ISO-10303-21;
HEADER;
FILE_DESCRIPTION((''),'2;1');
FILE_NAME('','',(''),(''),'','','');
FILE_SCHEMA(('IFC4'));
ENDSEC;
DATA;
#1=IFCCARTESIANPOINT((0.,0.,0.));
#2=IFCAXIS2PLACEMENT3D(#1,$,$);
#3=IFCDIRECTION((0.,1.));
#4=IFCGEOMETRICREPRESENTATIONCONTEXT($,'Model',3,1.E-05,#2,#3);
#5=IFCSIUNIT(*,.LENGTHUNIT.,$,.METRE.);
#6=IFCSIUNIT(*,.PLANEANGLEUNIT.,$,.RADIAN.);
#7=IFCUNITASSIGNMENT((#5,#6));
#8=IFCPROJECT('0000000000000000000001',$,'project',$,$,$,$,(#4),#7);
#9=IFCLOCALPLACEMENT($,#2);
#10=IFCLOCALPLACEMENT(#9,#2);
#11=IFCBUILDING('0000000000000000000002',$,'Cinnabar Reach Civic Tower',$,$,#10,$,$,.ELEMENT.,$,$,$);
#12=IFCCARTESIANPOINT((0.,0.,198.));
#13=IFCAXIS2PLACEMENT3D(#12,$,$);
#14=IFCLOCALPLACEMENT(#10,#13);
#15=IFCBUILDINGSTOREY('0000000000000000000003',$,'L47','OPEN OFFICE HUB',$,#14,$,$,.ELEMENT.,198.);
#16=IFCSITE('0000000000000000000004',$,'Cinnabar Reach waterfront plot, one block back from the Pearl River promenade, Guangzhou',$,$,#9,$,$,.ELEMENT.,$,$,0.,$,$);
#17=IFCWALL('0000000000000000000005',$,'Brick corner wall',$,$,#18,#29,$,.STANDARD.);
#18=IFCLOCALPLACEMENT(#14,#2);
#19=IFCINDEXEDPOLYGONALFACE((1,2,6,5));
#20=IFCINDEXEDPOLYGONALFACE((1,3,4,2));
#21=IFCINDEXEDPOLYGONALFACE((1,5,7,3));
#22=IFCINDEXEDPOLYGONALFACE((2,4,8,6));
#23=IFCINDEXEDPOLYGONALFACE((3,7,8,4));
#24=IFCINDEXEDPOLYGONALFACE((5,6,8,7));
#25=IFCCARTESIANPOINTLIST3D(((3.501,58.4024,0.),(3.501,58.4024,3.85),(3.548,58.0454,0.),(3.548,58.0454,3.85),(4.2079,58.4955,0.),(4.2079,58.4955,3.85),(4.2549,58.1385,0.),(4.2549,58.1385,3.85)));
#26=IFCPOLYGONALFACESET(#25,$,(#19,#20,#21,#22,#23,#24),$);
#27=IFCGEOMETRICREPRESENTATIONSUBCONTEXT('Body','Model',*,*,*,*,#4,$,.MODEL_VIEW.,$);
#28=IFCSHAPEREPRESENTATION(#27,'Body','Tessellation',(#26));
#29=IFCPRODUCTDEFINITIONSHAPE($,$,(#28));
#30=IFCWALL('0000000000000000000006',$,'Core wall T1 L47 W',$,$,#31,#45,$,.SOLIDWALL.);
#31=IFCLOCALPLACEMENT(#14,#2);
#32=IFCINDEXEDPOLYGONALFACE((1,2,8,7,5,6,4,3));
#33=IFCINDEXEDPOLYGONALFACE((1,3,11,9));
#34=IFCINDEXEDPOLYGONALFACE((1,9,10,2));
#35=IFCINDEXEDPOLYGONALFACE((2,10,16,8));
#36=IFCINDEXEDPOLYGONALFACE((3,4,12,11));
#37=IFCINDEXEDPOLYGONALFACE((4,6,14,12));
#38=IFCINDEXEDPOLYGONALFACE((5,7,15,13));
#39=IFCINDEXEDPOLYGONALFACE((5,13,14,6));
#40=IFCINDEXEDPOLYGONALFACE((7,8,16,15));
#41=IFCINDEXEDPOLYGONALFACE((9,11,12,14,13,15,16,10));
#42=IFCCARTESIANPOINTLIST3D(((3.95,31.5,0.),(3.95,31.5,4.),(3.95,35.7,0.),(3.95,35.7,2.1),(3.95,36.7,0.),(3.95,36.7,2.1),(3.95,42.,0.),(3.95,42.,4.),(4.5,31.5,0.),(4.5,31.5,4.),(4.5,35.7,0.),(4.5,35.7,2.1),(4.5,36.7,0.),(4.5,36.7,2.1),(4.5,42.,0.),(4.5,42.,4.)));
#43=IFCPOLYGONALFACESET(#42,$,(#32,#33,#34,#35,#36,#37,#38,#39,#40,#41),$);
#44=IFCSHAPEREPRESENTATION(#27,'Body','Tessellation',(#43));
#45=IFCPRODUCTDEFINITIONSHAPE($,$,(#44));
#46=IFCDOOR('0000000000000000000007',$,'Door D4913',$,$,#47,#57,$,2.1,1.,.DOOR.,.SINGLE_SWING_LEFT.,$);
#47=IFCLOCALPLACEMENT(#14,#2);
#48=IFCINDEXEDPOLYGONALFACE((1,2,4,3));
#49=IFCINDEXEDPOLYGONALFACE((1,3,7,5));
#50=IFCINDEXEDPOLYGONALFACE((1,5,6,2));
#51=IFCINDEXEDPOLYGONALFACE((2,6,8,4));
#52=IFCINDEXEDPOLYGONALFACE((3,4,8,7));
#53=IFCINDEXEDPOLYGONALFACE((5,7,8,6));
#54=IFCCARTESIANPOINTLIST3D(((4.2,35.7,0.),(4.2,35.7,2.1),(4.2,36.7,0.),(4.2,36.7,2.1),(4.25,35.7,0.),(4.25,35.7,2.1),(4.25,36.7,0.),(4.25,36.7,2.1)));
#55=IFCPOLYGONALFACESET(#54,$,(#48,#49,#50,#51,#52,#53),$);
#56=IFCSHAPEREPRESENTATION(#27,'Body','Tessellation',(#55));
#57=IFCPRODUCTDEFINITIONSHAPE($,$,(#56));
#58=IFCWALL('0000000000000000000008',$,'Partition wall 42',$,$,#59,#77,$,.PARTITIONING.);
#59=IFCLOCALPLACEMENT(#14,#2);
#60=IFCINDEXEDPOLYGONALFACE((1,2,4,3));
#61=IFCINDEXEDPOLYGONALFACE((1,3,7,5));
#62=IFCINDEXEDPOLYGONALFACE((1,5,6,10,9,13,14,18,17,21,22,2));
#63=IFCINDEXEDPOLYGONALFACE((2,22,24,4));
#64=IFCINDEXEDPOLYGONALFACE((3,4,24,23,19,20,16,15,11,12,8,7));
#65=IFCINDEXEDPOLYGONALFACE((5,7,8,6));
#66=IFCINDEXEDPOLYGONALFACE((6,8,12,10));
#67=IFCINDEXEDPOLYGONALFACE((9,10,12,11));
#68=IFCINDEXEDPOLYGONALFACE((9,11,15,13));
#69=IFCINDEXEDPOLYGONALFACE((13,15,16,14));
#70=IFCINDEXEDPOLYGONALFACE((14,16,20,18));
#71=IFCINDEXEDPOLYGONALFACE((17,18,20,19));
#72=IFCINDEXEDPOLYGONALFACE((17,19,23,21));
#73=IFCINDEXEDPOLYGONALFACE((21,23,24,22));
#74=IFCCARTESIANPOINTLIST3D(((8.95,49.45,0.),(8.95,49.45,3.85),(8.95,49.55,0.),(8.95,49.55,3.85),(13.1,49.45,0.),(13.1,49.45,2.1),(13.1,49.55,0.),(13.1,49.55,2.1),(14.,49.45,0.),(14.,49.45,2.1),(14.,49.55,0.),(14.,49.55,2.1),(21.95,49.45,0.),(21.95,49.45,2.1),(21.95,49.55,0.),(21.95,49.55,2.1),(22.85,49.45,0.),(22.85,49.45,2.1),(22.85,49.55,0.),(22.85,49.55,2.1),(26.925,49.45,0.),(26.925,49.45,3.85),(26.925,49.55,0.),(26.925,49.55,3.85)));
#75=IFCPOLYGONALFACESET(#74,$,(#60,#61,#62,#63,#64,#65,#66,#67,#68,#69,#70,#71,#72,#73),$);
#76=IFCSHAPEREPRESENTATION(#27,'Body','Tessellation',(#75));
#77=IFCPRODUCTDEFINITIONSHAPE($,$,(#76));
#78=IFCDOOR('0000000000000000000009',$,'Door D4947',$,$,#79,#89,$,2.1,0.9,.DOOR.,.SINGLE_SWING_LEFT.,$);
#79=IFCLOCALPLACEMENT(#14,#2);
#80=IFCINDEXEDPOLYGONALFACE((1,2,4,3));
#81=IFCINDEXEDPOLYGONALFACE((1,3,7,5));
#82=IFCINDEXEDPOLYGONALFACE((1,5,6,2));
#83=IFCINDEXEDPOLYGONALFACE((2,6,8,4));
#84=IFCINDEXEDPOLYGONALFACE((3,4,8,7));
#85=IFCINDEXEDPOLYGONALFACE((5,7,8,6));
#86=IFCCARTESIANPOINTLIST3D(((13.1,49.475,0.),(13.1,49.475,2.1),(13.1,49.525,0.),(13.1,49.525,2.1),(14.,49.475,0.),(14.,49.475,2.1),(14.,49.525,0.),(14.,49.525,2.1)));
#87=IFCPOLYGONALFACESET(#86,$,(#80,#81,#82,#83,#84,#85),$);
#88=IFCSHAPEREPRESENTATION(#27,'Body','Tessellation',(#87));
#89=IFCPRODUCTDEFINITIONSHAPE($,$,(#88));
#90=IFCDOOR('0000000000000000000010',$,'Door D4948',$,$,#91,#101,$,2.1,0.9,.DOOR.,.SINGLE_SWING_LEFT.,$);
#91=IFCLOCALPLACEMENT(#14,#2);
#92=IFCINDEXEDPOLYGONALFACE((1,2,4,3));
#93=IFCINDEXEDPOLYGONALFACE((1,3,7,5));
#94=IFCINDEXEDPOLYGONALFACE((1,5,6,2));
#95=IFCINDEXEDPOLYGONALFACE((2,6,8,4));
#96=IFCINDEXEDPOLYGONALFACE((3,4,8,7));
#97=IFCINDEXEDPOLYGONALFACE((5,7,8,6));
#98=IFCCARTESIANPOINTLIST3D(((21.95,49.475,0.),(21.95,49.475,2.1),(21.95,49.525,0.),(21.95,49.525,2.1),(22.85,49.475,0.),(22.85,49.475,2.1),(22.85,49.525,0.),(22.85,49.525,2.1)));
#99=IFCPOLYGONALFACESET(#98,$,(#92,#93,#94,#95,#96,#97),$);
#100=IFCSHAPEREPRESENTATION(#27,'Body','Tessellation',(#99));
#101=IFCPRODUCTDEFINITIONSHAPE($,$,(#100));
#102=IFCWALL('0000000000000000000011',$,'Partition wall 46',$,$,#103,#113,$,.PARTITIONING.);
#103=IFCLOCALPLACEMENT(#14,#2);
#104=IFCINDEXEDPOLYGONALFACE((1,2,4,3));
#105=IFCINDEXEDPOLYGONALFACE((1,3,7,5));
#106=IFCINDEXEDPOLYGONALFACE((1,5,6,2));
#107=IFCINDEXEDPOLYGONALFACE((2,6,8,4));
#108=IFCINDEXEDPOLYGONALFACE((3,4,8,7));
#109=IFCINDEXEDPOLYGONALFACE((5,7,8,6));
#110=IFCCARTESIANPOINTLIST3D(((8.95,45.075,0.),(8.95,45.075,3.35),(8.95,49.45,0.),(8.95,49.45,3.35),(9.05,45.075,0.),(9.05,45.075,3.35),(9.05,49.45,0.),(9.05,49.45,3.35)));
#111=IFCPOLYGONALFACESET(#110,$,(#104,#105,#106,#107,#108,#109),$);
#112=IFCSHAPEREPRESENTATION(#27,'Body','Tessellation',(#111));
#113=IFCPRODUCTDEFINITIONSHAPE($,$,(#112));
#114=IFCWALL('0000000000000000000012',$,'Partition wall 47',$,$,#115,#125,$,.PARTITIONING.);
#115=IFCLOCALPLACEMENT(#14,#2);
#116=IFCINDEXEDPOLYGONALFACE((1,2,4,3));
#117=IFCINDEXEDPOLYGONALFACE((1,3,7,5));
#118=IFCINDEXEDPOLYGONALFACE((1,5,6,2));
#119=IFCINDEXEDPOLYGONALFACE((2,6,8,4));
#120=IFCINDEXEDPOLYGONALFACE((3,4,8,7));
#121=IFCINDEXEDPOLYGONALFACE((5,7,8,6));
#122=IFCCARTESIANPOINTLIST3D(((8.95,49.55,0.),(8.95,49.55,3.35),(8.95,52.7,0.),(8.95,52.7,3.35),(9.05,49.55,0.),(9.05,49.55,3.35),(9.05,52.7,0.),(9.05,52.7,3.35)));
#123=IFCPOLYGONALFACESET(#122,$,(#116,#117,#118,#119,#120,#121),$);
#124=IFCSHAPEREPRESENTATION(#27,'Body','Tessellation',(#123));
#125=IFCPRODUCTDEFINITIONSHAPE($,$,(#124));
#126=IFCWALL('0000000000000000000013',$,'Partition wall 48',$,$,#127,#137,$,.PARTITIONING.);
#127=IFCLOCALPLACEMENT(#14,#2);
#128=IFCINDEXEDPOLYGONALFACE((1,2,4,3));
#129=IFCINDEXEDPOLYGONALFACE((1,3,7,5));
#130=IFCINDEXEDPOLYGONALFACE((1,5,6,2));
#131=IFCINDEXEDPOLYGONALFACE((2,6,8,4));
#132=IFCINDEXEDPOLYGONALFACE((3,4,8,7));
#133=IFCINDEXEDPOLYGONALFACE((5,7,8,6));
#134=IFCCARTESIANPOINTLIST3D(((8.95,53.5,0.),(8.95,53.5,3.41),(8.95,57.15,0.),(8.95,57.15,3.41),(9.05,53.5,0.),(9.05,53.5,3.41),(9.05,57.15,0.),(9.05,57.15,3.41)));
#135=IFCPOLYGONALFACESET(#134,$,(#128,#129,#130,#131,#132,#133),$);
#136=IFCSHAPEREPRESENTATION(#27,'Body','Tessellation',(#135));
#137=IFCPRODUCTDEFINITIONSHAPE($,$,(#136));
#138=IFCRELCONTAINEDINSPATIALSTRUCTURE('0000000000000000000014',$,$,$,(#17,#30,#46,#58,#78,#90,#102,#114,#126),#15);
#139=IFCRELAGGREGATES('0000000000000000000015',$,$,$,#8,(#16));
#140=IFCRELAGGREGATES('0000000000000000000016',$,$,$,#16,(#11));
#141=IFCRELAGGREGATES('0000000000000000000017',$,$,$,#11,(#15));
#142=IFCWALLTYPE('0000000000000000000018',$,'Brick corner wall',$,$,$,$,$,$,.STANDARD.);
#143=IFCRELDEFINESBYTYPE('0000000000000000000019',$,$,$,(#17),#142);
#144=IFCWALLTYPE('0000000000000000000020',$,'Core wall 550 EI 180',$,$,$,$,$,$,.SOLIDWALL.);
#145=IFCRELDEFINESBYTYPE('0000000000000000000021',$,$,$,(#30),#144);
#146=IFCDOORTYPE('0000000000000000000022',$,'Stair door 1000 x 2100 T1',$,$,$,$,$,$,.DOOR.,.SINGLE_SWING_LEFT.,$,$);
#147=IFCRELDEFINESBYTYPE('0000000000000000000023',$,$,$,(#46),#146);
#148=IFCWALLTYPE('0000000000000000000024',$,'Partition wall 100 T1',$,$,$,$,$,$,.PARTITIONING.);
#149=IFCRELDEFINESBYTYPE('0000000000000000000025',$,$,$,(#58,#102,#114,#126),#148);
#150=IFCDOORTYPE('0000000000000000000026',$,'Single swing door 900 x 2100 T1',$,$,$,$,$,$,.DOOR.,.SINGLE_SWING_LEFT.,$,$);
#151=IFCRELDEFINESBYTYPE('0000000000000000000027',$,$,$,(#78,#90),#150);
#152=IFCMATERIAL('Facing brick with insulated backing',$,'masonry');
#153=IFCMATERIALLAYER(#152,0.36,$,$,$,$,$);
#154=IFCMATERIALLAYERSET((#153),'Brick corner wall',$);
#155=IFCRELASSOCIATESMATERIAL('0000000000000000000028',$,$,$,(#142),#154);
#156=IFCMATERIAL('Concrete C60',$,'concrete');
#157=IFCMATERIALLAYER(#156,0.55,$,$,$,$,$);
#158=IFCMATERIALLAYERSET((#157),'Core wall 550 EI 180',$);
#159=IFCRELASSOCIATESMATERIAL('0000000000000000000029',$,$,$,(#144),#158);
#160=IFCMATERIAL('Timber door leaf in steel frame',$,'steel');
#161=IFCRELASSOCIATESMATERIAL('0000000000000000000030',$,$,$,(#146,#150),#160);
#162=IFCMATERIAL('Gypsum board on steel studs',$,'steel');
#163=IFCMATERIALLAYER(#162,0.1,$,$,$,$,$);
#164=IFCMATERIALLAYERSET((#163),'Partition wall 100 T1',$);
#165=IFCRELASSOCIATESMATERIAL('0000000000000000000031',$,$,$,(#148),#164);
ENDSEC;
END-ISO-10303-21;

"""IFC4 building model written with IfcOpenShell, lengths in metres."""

from ifc_helpers import new_model, si_unit, direction, frame, frame_2d, origin, place, context, subcontext, project, spatial, rectangle, extrude, material, layer, layer_set, type_object, element, fill, save


model = new_model("IFC4")

# Units and contexts
model_context = context("Model", 3, precision=1e-05, world=origin(), true_north=direction((0.0, 1.0)))
body_context = subcontext(model_context, "Body", "Model", "MODEL_VIEW")
ifc_project = project(units=[si_unit("LENGTHUNIT", "METRE"), si_unit("PLANEANGLEUNIT", "RADIAN")], contexts=[model_context])

# Site, building, storey
site_placement = place(None, origin())
site = spatial("IfcSite", under=ifc_project, at=site_placement, Name="Cinnabar Reach waterfront plot, one block back from the Pearl River promenade, Guangzhou", CompositionType="ELEMENT", RefElevation=0.0)
building_placement = place(site_placement, origin())
building = spatial("IfcBuilding", under=site, at=building_placement, Name="Cinnabar Reach Civic Tower", CompositionType="ELEMENT")
storey_placement = place(building_placement, frame((0.0, 0.0, 198.0)))
storey = spatial("IfcBuildingStorey", under=building, at=storey_placement, Name="L47", Description="OPEN OFFICE HUB", CompositionType="ELEMENT", Elevation=198.0)

# Shared definitions
ifc_material_1 = material(Name="Concrete C60", Category="concrete")

# Wall
ifc_material_2 = material(Name="Facing brick with insulated backing", Category="masonry")
ifc_layer_1 = layer(ifc_material_2, 0.36)
ifc_layer_set_1 = layer_set([ifc_layer_1], Name="Brick corner wall")
wall_type_1 = type_object("IfcWallType", Name="Brick corner wall", PredefinedType="STANDARD", material=ifc_layer_set_1)
wall_1_placement = place(storey_placement, frame((4.2314, 58.317, 0.0), z_axis=(0.0, 0.0, 1.0), x_axis=(-0.991441, -0.130556, 0.0)))
element("IfcWall", 1, at=wall_1_placement, inside=storey, type_object=wall_type_1, Name="Brick corner wall", PredefinedType="STANDARD", context=body_context, shape_type="SweptSolid", body=[
    extrude(rectangle(XDim=0.7131, YDim=0.36, at=frame_2d((0.3565, 0.0))), origin(), (0.0, 0.0, 1.0), 3.85),
])

# Wall, opening, door
ifc_layer_2 = layer(ifc_material_1, 0.55)
ifc_layer_set_2 = layer_set([ifc_layer_2], Name="Core wall 550 EI 180")
wall_type_2 = type_object("IfcWallType", Name="Core wall 550 EI 180", PredefinedType="SOLIDWALL", material=ifc_layer_set_2)
wall_2_placement = place(storey_placement, frame((4.225, 42.0, 0.0), z_axis=(0.0, 0.0, 1.0), x_axis=(0.0, -1.0, 0.0)))
wall_2 = element("IfcWall", 2, at=wall_2_placement, inside=storey, type_object=wall_type_2, Name="Core wall T1 L47 W", PredefinedType="SOLIDWALL", context=body_context, shape_type="SweptSolid", body=[
    extrude(rectangle(XDim=10.5, YDim=0.55, at=frame_2d((5.25, 0.0))), origin(), (0.0, 0.0, 1.0), 4.0),
])
opening_1_placement = place(wall_2_placement, frame((5.3, 0.0, 0.0)))
opening_1 = element("IfcOpeningElement", 3, at=opening_1_placement, cuts=wall_2, PredefinedType="OPENING", context=body_context, shape_type="SweptSolid", body=[
    extrude(rectangle(XDim=1.0, YDim=2.1, at=frame_2d((0.5, 1.05))), frame((0.0, 0.285, 0.0), z_axis=(0.0, -1.0, 0.0), x_axis=(1.0, 0.0, 0.0)), (0.0, 0.0, 1.0), 0.57),
])
ifc_material_3 = material(Name="Timber door leaf in steel frame", Category="steel")
door_type_1 = type_object("IfcDoorType", Name="Stair door 1000 x 2100 T1", OperationType="SINGLE_SWING_LEFT", PredefinedType="DOOR", material=ifc_material_3)
door_1_placement = place(opening_1_placement, frame((1.0, 0.0, 0.0), z_axis=(0.0, 0.0, 1.0), x_axis=(-1.0, 0.0, 0.0)))
door_1 = element("IfcDoor", 4, at=door_1_placement, inside=storey, type_object=door_type_1, Name="Door D4913", OperationType="SINGLE_SWING_LEFT", OverallHeight=2.1, OverallWidth=1.0, PredefinedType="DOOR", context=body_context, shape_type="SweptSolid", body=[
    extrude(rectangle(XDim=1.0, YDim=2.1, at=frame_2d((0.5, 1.05))), frame((0.0, 0.025, 0.0), z_axis=(0.0, -1.0, 0.0), x_axis=(1.0, 0.0, 0.0)), (0.0, 0.0, 1.0), 0.05),
])
fill(opening_1, door_1)

# Wall, openings, doors
ifc_material_4 = material(Name="Gypsum board on steel studs", Category="steel")
ifc_layer_3 = layer(ifc_material_4, 0.1)
ifc_layer_set_3 = layer_set([ifc_layer_3], Name="Partition wall 100 T1")
wall_type_3 = type_object("IfcWallType", Name="Partition wall 100 T1", PredefinedType="PARTITIONING", material=ifc_layer_set_3)
wall_3_placement = place(storey_placement, frame((8.95, 49.5, 0.0), z_axis=(0.0, 0.0, 1.0), x_axis=(1.0, 0.0, 0.0)))
wall_3 = element("IfcWall", 5, at=wall_3_placement, inside=storey, type_object=wall_type_3, Name="Partition wall 42", PredefinedType="PARTITIONING", context=body_context, shape_type="SweptSolid", body=[
    extrude(rectangle(XDim=17.975, YDim=0.1, at=frame_2d((8.9875, 0.0))), origin(), (0.0, 0.0, 1.0), 3.85),
])
opening_2_placement = place(wall_3_placement, frame((4.15, 0.0, 0.0)))
opening_2 = element("IfcOpeningElement", 6, at=opening_2_placement, cuts=wall_3, PredefinedType="OPENING", context=body_context, shape_type="SweptSolid", body=[
    extrude(rectangle(XDim=0.9, YDim=2.1, at=frame_2d((0.45, 1.05))), frame((0.0, 0.06, 0.0), z_axis=(0.0, -1.0, 0.0), x_axis=(1.0, 0.0, 0.0)), (0.0, 0.0, 1.0), 0.12),
])
opening_3_placement = place(wall_3_placement, frame((13.0, 0.0, 0.0)))
opening_3 = element("IfcOpeningElement", 7, at=opening_3_placement, cuts=wall_3, PredefinedType="OPENING", context=body_context, shape_type="SweptSolid", body=[
    extrude(rectangle(XDim=0.9, YDim=2.1, at=frame_2d((0.45, 1.05))), frame((0.0, 0.06, 0.0), z_axis=(0.0, -1.0, 0.0), x_axis=(1.0, 0.0, 0.0)), (0.0, 0.0, 1.0), 0.12),
])
door_type_2 = type_object("IfcDoorType", Name="Single swing door 900 x 2100 T1", OperationType="SINGLE_SWING_LEFT", PredefinedType="DOOR", material=ifc_material_3)
door_2_placement = place(opening_2_placement, origin())
door_2 = element("IfcDoor", 8, at=door_2_placement, inside=storey, type_object=door_type_2, Name="Door D4947", OperationType="SINGLE_SWING_LEFT", OverallHeight=2.1, OverallWidth=0.9, PredefinedType="DOOR", context=body_context, shape_type="SweptSolid", body=[
    extrude(rectangle(XDim=0.9, YDim=2.1, at=frame_2d((0.45, 1.05))), frame((0.0, 0.025, 0.0), z_axis=(0.0, -1.0, 0.0), x_axis=(1.0, 0.0, 0.0)), (0.0, 0.0, 1.0), 0.05),
])
fill(opening_2, door_2)
door_3_placement = place(opening_3_placement, origin())
door_3 = element("IfcDoor", 9, at=door_3_placement, inside=storey, type_object=door_type_2, Name="Door D4948", OperationType="SINGLE_SWING_LEFT", OverallHeight=2.1, OverallWidth=0.9, PredefinedType="DOOR", context=body_context, shape_type="SweptSolid", body=[
    extrude(rectangle(XDim=0.9, YDim=2.1, at=frame_2d((0.45, 1.05))), frame((0.0, 0.025, 0.0), z_axis=(0.0, -1.0, 0.0), x_axis=(1.0, 0.0, 0.0)), (0.0, 0.0, 1.0), 0.05),
])
fill(opening_3, door_3)

# Walls
wall_4_placement = place(storey_placement, frame((9.0, 45.075, 0.0), z_axis=(0.0, 0.0, 1.0), x_axis=(0.0, 1.0, 0.0)))
element("IfcWall", 10, at=wall_4_placement, inside=storey, type_object=wall_type_3, Name="Partition wall 46", PredefinedType="PARTITIONING", context=body_context, shape_type="SweptSolid", body=[
    extrude(rectangle(XDim=4.375, YDim=0.1, at=frame_2d((2.1875, 0.0))), origin(), (0.0, 0.0, 1.0), 3.35),
])
wall_5_placement = place(storey_placement, frame((9.0, 49.55, 0.0), z_axis=(0.0, 0.0, 1.0), x_axis=(0.0, 1.0, 0.0)))
element("IfcWall", 11, at=wall_5_placement, inside=storey, type_object=wall_type_3, Name="Partition wall 47", PredefinedType="PARTITIONING", context=body_context, shape_type="SweptSolid", body=[
    extrude(rectangle(XDim=3.15, YDim=0.1, at=frame_2d((1.575, 0.0))), origin(), (0.0, 0.0, 1.0), 3.35),
])
wall_6_placement = place(storey_placement, frame((9.0, 53.5, 0.0), z_axis=(0.0, 0.0, 1.0), x_axis=(0.0, 1.0, 0.0)))
element("IfcWall", 12, at=wall_6_placement, inside=storey, type_object=wall_type_3, Name="Partition wall 48", PredefinedType="PARTITIONING", context=body_context, shape_type="SweptSolid", body=[
    extrude(rectangle(XDim=3.65, YDim=0.1, at=frame_2d((1.825, 0.0))), origin(), (0.0, 0.0, 1.0), 3.41),
])

save(model, "model.ifc")
